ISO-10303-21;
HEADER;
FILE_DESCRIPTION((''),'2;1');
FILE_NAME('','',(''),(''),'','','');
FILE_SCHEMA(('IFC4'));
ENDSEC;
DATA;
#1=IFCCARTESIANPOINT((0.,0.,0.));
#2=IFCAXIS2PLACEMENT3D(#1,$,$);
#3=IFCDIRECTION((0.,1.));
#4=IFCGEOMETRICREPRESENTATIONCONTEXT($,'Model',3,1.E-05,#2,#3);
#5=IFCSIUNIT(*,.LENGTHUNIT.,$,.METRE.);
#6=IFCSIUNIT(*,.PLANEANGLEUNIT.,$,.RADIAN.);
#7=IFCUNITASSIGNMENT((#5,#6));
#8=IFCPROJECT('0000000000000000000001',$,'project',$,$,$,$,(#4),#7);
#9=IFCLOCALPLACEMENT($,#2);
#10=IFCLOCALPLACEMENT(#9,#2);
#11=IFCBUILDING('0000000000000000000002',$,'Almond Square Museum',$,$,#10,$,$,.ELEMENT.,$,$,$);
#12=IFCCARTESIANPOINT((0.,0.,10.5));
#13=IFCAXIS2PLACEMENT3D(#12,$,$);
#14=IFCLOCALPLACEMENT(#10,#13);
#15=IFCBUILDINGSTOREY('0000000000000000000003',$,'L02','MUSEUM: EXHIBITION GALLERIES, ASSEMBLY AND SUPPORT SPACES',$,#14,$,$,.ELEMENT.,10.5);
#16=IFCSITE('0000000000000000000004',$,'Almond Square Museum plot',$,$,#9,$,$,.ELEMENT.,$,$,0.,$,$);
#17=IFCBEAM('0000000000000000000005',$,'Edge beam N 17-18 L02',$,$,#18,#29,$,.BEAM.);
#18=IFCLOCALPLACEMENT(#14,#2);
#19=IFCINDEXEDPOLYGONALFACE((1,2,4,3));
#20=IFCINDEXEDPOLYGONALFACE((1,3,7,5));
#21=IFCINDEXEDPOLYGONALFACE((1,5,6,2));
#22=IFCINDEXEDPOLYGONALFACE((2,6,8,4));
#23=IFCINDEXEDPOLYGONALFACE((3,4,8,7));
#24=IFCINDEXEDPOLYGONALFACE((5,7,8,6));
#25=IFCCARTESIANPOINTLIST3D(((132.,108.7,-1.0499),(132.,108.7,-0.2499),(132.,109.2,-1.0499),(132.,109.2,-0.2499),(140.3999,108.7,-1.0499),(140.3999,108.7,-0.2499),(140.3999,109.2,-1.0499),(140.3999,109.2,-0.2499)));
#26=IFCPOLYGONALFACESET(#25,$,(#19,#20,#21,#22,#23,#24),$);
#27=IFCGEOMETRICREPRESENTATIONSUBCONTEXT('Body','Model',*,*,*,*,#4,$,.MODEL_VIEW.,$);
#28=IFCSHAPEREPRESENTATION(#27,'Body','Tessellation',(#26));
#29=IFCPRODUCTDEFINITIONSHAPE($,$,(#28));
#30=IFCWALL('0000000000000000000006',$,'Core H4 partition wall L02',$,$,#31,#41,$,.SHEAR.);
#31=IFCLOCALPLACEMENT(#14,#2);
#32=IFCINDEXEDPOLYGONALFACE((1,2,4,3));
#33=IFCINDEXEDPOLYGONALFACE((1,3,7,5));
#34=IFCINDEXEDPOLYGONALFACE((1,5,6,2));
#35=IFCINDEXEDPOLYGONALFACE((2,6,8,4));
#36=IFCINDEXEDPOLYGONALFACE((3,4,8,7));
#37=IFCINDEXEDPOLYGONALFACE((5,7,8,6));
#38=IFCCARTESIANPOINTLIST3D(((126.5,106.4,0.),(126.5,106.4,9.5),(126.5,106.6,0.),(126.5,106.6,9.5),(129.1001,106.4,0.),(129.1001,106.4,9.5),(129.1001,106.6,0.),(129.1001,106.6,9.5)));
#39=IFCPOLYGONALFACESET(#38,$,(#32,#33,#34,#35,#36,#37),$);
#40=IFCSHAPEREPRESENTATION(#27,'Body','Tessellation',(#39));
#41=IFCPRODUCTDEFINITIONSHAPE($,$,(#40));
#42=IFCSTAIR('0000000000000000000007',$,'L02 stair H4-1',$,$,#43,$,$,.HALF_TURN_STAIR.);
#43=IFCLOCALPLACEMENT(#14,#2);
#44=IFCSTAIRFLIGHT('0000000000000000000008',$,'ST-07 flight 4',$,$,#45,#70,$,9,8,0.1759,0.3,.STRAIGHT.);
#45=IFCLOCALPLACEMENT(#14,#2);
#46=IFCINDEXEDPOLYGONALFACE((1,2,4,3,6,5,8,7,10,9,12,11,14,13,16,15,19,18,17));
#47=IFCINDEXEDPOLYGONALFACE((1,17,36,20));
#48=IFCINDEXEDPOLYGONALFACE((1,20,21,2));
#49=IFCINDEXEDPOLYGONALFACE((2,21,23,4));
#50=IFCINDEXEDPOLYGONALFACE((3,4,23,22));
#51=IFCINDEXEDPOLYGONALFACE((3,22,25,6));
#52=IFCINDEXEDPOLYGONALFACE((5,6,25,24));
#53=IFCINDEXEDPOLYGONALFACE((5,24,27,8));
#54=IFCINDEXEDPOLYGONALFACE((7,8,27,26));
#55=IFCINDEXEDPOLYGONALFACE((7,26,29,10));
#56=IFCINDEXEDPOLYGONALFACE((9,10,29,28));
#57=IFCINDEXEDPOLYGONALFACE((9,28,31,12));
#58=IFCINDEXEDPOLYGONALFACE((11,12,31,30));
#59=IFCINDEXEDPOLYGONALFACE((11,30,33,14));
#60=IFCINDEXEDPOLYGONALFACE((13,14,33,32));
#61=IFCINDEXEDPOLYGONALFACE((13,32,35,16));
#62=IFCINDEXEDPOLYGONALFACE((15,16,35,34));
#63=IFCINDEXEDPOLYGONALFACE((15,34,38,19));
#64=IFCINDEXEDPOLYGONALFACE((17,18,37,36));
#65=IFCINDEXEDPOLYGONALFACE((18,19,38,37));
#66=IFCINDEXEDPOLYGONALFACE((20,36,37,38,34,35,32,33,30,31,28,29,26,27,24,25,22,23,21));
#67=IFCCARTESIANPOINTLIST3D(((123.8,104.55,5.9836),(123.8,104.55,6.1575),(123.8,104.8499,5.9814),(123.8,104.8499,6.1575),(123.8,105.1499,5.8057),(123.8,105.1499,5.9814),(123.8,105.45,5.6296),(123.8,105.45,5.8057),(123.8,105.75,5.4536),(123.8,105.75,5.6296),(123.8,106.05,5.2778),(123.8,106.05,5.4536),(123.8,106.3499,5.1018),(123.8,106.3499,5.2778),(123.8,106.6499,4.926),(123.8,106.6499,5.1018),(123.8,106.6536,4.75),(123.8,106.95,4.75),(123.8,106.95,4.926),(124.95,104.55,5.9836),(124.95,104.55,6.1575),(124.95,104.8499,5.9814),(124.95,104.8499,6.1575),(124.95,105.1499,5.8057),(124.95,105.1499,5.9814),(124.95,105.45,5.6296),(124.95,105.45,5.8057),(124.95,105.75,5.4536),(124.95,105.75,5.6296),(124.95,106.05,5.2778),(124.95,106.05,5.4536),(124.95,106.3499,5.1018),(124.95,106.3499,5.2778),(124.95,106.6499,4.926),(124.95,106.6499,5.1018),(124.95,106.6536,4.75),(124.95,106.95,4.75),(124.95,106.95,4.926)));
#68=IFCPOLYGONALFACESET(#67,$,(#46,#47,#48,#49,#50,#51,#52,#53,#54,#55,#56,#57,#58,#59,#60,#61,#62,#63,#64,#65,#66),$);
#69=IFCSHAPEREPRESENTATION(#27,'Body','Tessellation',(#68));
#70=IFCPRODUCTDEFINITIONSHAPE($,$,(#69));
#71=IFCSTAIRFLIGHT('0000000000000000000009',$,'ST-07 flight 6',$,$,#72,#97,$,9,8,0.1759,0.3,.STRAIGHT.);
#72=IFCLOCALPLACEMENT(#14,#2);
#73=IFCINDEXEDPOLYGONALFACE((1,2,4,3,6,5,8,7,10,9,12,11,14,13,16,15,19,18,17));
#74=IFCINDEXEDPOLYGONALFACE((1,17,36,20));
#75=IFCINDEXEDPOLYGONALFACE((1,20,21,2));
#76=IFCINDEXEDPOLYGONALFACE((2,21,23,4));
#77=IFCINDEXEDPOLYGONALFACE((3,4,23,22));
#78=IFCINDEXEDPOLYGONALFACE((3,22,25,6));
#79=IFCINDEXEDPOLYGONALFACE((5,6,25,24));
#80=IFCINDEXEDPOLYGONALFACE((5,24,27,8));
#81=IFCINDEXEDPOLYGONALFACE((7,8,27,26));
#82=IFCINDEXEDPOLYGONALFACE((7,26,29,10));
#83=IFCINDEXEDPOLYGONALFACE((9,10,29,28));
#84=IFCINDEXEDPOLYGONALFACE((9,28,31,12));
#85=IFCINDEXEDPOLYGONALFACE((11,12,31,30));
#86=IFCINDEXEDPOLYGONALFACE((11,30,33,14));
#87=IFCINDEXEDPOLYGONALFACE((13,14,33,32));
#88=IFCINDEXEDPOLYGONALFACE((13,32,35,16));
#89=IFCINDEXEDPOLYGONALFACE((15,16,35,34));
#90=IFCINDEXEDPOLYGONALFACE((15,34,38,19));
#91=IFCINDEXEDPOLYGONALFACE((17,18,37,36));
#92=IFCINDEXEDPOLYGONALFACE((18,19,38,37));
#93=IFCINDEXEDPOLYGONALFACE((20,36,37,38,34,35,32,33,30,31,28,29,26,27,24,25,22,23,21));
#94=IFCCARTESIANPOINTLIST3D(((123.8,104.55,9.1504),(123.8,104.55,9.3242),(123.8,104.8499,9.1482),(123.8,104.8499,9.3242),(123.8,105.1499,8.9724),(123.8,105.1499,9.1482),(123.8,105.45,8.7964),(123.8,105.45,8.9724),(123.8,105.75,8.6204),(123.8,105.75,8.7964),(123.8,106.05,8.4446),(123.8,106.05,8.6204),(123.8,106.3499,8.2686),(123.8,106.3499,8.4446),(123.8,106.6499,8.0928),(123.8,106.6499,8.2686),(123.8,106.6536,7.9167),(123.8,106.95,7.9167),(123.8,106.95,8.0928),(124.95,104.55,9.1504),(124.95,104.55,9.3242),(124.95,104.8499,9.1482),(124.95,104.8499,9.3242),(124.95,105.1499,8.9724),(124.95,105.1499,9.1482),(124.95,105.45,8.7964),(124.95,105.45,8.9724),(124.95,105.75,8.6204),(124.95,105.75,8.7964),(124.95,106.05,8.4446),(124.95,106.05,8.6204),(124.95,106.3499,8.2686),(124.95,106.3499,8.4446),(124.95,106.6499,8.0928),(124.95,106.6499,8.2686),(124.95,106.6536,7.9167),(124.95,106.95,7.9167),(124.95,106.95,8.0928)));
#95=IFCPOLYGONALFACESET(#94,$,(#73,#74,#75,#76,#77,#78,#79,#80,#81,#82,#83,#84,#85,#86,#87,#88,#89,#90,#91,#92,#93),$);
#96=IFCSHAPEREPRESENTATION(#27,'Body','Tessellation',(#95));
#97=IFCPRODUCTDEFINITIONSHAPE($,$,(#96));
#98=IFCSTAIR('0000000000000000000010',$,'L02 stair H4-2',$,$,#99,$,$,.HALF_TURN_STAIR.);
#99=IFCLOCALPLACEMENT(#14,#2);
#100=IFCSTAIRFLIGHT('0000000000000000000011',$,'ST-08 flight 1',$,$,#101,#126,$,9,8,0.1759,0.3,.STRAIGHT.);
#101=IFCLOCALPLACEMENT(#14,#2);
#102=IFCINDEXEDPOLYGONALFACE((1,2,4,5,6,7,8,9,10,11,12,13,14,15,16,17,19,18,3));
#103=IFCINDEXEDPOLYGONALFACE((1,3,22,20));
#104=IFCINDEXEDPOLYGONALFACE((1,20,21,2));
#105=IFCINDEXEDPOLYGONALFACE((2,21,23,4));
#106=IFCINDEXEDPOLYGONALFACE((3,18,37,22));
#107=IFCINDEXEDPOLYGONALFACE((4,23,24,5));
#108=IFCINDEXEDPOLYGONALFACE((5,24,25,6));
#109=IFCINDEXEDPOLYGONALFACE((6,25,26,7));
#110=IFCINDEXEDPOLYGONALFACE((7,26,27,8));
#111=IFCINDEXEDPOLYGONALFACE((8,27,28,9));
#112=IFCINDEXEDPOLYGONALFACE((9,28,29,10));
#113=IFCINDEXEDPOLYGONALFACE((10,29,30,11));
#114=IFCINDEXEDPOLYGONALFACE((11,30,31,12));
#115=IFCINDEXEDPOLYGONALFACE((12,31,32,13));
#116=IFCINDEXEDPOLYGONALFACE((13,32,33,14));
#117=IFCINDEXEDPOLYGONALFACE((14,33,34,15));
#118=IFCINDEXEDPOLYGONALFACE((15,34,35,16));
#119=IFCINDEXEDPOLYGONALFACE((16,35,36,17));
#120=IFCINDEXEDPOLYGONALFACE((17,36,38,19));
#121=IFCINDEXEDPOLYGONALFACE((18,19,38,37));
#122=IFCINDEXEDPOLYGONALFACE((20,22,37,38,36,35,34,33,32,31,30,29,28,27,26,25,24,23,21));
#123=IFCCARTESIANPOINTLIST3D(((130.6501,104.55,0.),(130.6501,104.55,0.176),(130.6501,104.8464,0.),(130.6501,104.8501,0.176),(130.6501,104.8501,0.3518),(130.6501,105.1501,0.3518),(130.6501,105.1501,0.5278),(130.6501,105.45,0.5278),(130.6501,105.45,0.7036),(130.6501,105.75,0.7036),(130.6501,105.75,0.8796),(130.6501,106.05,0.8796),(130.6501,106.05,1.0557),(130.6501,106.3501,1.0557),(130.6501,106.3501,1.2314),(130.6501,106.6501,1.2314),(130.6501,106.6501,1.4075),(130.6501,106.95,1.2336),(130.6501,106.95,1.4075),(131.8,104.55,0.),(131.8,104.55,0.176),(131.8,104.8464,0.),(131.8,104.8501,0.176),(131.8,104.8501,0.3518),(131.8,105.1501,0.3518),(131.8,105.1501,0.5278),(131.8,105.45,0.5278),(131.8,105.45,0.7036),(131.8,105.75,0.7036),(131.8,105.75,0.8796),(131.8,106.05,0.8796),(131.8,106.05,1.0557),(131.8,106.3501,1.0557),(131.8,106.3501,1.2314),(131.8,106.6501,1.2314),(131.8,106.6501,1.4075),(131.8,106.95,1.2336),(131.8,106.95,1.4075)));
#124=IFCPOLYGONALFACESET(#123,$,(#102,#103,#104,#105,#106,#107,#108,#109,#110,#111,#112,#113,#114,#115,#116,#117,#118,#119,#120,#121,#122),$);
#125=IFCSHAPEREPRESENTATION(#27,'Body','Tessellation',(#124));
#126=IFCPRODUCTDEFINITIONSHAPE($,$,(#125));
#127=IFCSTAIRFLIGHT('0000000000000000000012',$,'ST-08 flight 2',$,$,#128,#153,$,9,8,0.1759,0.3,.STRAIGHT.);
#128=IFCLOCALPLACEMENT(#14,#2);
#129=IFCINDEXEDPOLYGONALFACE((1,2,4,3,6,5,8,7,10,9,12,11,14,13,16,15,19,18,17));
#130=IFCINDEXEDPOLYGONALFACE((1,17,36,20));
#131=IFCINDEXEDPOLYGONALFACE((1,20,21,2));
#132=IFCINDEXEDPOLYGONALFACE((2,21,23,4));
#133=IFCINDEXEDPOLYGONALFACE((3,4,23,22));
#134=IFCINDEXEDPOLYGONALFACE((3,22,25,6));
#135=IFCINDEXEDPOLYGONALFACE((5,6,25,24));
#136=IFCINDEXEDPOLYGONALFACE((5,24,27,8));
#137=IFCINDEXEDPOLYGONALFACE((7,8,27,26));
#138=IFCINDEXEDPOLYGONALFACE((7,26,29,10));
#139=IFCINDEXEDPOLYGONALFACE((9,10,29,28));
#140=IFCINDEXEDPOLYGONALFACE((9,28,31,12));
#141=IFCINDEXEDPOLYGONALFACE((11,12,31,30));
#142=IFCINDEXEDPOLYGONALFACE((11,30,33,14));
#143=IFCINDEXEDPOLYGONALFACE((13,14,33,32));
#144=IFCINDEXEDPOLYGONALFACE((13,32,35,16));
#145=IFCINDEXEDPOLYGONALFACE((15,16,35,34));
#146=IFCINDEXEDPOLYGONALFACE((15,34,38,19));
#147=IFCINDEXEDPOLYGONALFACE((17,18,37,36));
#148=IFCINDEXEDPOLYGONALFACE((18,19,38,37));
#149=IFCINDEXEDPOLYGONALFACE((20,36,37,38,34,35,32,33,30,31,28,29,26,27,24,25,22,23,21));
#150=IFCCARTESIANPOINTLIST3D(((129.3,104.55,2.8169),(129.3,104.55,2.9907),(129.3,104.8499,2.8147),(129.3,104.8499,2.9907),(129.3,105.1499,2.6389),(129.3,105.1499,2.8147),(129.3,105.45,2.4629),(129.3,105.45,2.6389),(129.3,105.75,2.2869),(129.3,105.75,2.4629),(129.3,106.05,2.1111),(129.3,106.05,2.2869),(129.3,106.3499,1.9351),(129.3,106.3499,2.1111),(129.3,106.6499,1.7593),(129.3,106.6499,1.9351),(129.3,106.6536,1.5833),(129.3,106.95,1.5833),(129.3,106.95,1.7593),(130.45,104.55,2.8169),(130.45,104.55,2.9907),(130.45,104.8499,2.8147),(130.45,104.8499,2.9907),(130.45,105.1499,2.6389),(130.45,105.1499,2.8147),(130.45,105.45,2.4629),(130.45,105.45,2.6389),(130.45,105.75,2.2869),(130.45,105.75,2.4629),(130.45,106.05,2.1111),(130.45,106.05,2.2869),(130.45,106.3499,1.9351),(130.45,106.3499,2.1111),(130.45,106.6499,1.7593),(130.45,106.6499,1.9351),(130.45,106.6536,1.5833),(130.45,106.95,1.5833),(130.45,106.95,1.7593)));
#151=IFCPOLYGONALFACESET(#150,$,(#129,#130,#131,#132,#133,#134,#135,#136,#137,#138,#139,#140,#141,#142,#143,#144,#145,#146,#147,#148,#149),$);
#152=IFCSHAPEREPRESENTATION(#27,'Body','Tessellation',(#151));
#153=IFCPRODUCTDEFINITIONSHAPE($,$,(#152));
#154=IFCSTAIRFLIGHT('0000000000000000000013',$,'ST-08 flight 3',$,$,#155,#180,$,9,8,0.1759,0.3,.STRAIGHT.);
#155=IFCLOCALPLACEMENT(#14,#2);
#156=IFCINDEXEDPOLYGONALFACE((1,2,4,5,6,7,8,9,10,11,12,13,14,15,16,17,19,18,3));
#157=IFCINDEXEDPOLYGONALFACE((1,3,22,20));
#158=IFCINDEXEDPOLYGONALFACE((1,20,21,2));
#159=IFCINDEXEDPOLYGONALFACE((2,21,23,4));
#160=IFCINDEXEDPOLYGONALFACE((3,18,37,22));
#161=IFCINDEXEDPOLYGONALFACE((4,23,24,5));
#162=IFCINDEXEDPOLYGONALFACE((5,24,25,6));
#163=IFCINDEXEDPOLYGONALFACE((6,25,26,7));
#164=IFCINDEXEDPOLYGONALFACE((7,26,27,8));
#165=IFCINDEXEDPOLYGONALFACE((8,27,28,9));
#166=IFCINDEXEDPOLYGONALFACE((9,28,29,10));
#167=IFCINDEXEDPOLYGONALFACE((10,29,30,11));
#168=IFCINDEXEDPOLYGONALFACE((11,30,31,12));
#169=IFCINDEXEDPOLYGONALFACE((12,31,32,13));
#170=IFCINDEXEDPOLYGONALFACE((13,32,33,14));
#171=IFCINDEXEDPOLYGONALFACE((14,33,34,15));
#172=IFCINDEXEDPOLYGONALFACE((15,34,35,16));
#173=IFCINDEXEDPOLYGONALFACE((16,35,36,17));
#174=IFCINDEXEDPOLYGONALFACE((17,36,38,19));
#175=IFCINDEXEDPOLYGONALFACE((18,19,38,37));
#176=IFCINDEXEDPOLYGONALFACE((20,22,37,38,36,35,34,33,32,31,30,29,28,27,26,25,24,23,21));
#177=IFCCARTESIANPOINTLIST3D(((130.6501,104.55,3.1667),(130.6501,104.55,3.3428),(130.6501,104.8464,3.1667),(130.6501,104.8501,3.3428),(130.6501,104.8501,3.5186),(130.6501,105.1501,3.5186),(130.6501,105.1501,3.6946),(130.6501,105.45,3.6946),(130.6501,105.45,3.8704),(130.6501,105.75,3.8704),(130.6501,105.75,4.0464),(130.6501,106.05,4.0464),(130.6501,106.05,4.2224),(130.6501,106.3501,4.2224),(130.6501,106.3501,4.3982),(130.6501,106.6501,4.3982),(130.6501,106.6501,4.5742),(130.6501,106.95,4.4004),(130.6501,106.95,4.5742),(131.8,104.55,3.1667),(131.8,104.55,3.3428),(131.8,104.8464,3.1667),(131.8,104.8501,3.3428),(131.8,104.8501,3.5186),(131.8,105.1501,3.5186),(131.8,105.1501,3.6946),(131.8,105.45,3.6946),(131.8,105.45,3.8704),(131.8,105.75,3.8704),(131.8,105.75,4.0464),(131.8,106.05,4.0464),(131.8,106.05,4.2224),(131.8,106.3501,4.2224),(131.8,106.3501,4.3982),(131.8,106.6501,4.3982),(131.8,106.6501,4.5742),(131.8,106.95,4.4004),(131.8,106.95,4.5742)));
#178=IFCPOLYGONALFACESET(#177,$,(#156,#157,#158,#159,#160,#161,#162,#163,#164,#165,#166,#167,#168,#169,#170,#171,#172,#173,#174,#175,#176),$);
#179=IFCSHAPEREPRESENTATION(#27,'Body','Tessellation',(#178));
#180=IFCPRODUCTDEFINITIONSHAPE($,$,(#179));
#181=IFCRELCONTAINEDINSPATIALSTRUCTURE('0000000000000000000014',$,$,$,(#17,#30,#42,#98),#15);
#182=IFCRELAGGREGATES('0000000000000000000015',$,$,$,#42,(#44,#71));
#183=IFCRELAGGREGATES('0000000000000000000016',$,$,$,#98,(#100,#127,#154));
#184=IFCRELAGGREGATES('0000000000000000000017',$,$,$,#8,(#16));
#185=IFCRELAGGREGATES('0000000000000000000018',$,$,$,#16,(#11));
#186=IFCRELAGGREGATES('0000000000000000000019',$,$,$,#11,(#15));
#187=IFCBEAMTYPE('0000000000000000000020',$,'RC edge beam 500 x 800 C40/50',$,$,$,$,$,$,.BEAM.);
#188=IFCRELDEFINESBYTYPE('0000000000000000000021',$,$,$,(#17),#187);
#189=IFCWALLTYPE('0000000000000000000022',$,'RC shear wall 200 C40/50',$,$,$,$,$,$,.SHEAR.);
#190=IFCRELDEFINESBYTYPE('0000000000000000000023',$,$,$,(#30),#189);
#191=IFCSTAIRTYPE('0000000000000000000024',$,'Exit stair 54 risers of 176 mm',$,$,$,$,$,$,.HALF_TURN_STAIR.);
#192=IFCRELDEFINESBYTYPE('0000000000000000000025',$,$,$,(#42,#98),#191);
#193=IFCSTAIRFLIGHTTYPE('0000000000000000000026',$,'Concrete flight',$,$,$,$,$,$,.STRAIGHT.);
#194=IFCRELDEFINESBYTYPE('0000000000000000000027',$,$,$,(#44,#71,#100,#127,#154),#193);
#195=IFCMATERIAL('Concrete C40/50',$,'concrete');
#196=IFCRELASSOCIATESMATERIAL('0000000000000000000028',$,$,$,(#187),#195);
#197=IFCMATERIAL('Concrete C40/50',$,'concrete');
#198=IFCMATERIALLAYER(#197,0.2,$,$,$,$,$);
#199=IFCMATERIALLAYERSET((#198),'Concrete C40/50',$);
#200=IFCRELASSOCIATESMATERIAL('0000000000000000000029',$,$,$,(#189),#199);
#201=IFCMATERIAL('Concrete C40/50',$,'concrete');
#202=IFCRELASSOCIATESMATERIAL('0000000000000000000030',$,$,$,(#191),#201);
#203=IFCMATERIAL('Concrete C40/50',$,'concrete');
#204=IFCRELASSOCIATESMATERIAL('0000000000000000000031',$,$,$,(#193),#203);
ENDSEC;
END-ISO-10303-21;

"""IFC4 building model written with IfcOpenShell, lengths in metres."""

from ifc_helpers import new_model, si_unit, direction, frame, frame_2d, origin, origin_2d, place, context, subcontext, project, spatial, polyline, rectangle, outline, extrude, material, layer, layer_set, material_profile, profile_set, type_object, element, aggregate, save


model = new_model("IFC4")

# Units and contexts
model_context = context("Model", 3, precision=1e-05, world=origin(), true_north=direction((0.0, 1.0)))
body_context = subcontext(model_context, "Body", "Model", "MODEL_VIEW")
ifc_project = project(units=[si_unit("LENGTHUNIT", "METRE"), si_unit("PLANEANGLEUNIT", "RADIAN")], contexts=[model_context])

# Site, building, storey
site_placement = place(None, origin())
site = spatial("IfcSite", under=ifc_project, at=site_placement, Name="Almond Square Museum plot", CompositionType="ELEMENT", RefElevation=0.0)
building_placement = place(site_placement, origin())
building = spatial("IfcBuilding", under=site, at=building_placement, Name="Almond Square Museum", CompositionType="ELEMENT")
storey_placement = place(building_placement, frame((0.0, 0.0, 10.5)))
storey = spatial("IfcBuildingStorey", under=building, at=storey_placement, Name="L02", Description="MUSEUM: EXHIBITION GALLERIES, ASSEMBLY AND SUPPORT SPACES", CompositionType="ELEMENT", Elevation=10.5)

# Beam
ifc_material_1 = material(Name="Concrete C40/50", Category="concrete")
ifc_material_profile = material_profile(ifc_material_1, rectangle(XDim=0.5, YDim=0.8, at=origin_2d()))
ifc_profile_set = profile_set([ifc_material_profile], Name="Concrete C40/50")
beam_type = type_object("IfcBeamType", Name="RC edge beam 500 x 800 C40/50", PredefinedType="BEAM", material=ifc_profile_set)
beam_placement = place(storey_placement, frame((132.0, 108.95, -0.6499), z_axis=(1.0, 0.0, 0.0), x_axis=(0.0, 1.0, 0.0)))
element("IfcBeam", 1, at=beam_placement, inside=storey, type_object=beam_type, Name="Edge beam N 17-18 L02", PredefinedType="BEAM", context=body_context, shape_type="SweptSolid", body=[
    extrude(rectangle(XDim=0.5, YDim=0.8, at=origin_2d()), origin(), (0.0, 0.0, 1.0), 8.3999),
])

# Wall
ifc_material_2 = material(Name="Concrete C40/50", Category="concrete")
ifc_layer = layer(ifc_material_2, 0.2)
ifc_layer_set = layer_set([ifc_layer], Name="Concrete C40/50")
wall_type = type_object("IfcWallType", Name="RC shear wall 200 C40/50", PredefinedType="SHEAR", material=ifc_layer_set)
wall_placement = place(storey_placement, frame((126.5, 106.5, 0.0), z_axis=(0.0, 0.0, 1.0), x_axis=(1.0, 0.0, 0.0)))
element("IfcWall", 2, at=wall_placement, inside=storey, type_object=wall_type, Name="Core H4 partition wall L02", PredefinedType="SHEAR", context=body_context, shape_type="SweptSolid", body=[
    extrude(rectangle(XDim=2.6001, YDim=0.2, at=frame_2d((1.3, 0.0))), origin(), (0.0, 0.0, 1.0), 9.5),
])

# Stairs, stair flights
ifc_material_3 = material(Name="Concrete C40/50", Category="concrete")
stair_type = type_object("IfcStairType", Name="Exit stair 54 risers of 176 mm", PredefinedType="HALF_TURN_STAIR", material=ifc_material_3)
stair_1_placement = place(storey_placement, origin())
stair_1 = element("IfcStair", 3, at=stair_1_placement, inside=storey, type_object=stair_type, Name="L02 stair H4-1", PredefinedType="HALF_TURN_STAIR")
ifc_material_4 = material(Name="Concrete C40/50", Category="concrete")
stair_flight_type = type_object("IfcStairFlightType", Name="Concrete flight", PredefinedType="STRAIGHT", material=ifc_material_4)
stair_flight_1_placement = place(storey_placement, frame((124.375, 106.95, 4.75), z_axis=(0.0, 0.0, 1.0), x_axis=(0.0, -1.0, 0.0)))
stair_flight_1 = element("IfcStairFlight", 4, at=stair_flight_1_placement, type_object=stair_flight_type, Name="ST-07 flight 4", NumberOfRisers=9, NumberOfTreads=8, PredefinedType="STRAIGHT", RiserHeight=0.1759, TreadLength=0.3, context=body_context, shape_type="SweptSolid", body=[
    extrude(outline(polyline([(0.0, 0.0), (0.0, 0.176), (0.3, 0.176), (0.3, 0.3518), (0.6001, 0.3518), (0.6001, 0.5278), (0.8999, 0.5278), (0.8999, 0.7036), (1.2, 0.7036), (1.2, 0.8796), (1.5, 0.8796), (1.5, 1.0557), (1.8, 1.0557), (1.8, 1.2314), (2.1001, 1.2314), (2.1001, 1.4075), (2.3999, 1.4075), (2.3999, 1.5833), (2.3999, 1.2336), (0.2964, 0.0), (0.0, 0.0)])), frame((0.0, 0.575, 0.0), z_axis=(0.0, -1.0, 0.0), x_axis=(1.0, 0.0, 0.0)), (0.0, 0.0, 1.0), 1.1499),
])
stair_flight_2_placement = place(storey_placement, frame((124.375, 106.95, 7.9167), z_axis=(0.0, 0.0, 1.0), x_axis=(0.0, -1.0, 0.0)))
stair_flight_2 = element("IfcStairFlight", 5, at=stair_flight_2_placement, type_object=stair_flight_type, Name="ST-07 flight 6", NumberOfRisers=9, NumberOfTreads=8, PredefinedType="STRAIGHT", RiserHeight=0.1759, TreadLength=0.3, context=body_context, shape_type="SweptSolid", body=[
    extrude(outline(polyline([(0.0, 0.0), (0.0, 0.176), (0.3, 0.176), (0.3, 0.3518), (0.6001, 0.3518), (0.6001, 0.5278), (0.8999, 0.5278), (0.8999, 0.7036), (1.2, 0.7036), (1.2, 0.8796), (1.5, 0.8796), (1.5, 1.0557), (1.8, 1.0557), (1.8, 1.2314), (2.1001, 1.2314), (2.1001, 1.4075), (2.3999, 1.4075), (2.3999, 1.5833), (2.3999, 1.2336), (0.2964, 0.0), (0.0, 0.0)])), frame((0.0, 0.575, 0.0), z_axis=(0.0, -1.0, 0.0), x_axis=(1.0, 0.0, 0.0)), (0.0, 0.0, 1.0), 1.1499),
])
aggregate(stair_1, [stair_flight_1, stair_flight_2])
stair_2_placement = place(storey_placement, origin())
stair_2 = element("IfcStair", 6, at=stair_2_placement, inside=storey, type_object=stair_type, Name="L02 stair H4-2", PredefinedType="HALF_TURN_STAIR")
stair_flight_3_placement = place(storey_placement, frame((131.2251, 104.55, 0.0), z_axis=(0.0, 0.0, 1.0), x_axis=(0.0, 1.0, 0.0)))
stair_flight_3 = element("IfcStairFlight", 7, at=stair_flight_3_placement, type_object=stair_flight_type, Name="ST-08 flight 1", NumberOfRisers=9, NumberOfTreads=8, PredefinedType="STRAIGHT", RiserHeight=0.1759, TreadLength=0.3, context=body_context, shape_type="SweptSolid", body=[
    extrude(outline(polyline([(0.0, 0.0), (0.0, 0.176), (0.3, 0.176), (0.3, 0.3518), (0.6001, 0.3518), (0.6001, 0.5278), (0.8999, 0.5278), (0.8999, 0.7036), (1.2, 0.7036), (1.2, 0.8796), (1.5, 0.8796), (1.5, 1.0557), (1.8, 1.0557), (1.8, 1.2314), (2.1001, 1.2314), (2.1001, 1.4075), (2.3999, 1.4075), (2.3999, 1.5833), (2.3999, 1.2336), (0.2964, 0.0), (0.0, 0.0)])), frame((0.0, 0.575, 0.0), z_axis=(0.0, -1.0, 0.0), x_axis=(1.0, 0.0, 0.0)), (0.0, 0.0, 1.0), 1.1499),
])
stair_flight_4_placement = place(storey_placement, frame((129.875, 106.95, 1.5833), z_axis=(0.0, 0.0, 1.0), x_axis=(0.0, -1.0, 0.0)))
stair_flight_4 = element("IfcStairFlight", 8, at=stair_flight_4_placement, type_object=stair_flight_type, Name="ST-08 flight 2", NumberOfRisers=9, NumberOfTreads=8, PredefinedType="STRAIGHT", RiserHeight=0.1759, TreadLength=0.3, context=body_context, shape_type="SweptSolid", body=[
    extrude(outline(polyline([(0.0, 0.0), (0.0, 0.176), (0.3, 0.176), (0.3, 0.3518), (0.6001, 0.3518), (0.6001, 0.5278), (0.8999, 0.5278), (0.8999, 0.7036), (1.2, 0.7036), (1.2, 0.8796), (1.5, 0.8796), (1.5, 1.0557), (1.8, 1.0557), (1.8, 1.2314), (2.1001, 1.2314), (2.1001, 1.4075), (2.3999, 1.4075), (2.3999, 1.5833), (2.3999, 1.2336), (0.2964, 0.0), (0.0, 0.0)])), frame((0.0, 0.575, 0.0), z_axis=(0.0, -1.0, 0.0), x_axis=(1.0, 0.0, 0.0)), (0.0, 0.0, 1.0), 1.1499),
])
stair_flight_5_placement = place(storey_placement, frame((131.2251, 104.55, 3.1667), z_axis=(0.0, 0.0, 1.0), x_axis=(0.0, 1.0, 0.0)))
stair_flight_5 = element("IfcStairFlight", 9, at=stair_flight_5_placement, type_object=stair_flight_type, Name="ST-08 flight 3", NumberOfRisers=9, NumberOfTreads=8, PredefinedType="STRAIGHT", RiserHeight=0.1759, TreadLength=0.3, context=body_context, shape_type="SweptSolid", body=[
    extrude(outline(polyline([(0.0, 0.0), (0.0, 0.176), (0.3, 0.176), (0.3, 0.3518), (0.6001, 0.3518), (0.6001, 0.5278), (0.8999, 0.5278), (0.8999, 0.7036), (1.2, 0.7036), (1.2, 0.8796), (1.5, 0.8796), (1.5, 1.0557), (1.8, 1.0557), (1.8, 1.2314), (2.1001, 1.2314), (2.1001, 1.4075), (2.3999, 1.4075), (2.3999, 1.5833), (2.3999, 1.2336), (0.2964, 0.0), (0.0, 0.0)])), frame((0.0, 0.575, 0.0), z_axis=(0.0, -1.0, 0.0), x_axis=(1.0, 0.0, 0.0)), (0.0, 0.0, 1.0), 1.1499),
])
aggregate(stair_2, [stair_flight_3, stair_flight_4, stair_flight_5])

save(model, "model.ifc")
